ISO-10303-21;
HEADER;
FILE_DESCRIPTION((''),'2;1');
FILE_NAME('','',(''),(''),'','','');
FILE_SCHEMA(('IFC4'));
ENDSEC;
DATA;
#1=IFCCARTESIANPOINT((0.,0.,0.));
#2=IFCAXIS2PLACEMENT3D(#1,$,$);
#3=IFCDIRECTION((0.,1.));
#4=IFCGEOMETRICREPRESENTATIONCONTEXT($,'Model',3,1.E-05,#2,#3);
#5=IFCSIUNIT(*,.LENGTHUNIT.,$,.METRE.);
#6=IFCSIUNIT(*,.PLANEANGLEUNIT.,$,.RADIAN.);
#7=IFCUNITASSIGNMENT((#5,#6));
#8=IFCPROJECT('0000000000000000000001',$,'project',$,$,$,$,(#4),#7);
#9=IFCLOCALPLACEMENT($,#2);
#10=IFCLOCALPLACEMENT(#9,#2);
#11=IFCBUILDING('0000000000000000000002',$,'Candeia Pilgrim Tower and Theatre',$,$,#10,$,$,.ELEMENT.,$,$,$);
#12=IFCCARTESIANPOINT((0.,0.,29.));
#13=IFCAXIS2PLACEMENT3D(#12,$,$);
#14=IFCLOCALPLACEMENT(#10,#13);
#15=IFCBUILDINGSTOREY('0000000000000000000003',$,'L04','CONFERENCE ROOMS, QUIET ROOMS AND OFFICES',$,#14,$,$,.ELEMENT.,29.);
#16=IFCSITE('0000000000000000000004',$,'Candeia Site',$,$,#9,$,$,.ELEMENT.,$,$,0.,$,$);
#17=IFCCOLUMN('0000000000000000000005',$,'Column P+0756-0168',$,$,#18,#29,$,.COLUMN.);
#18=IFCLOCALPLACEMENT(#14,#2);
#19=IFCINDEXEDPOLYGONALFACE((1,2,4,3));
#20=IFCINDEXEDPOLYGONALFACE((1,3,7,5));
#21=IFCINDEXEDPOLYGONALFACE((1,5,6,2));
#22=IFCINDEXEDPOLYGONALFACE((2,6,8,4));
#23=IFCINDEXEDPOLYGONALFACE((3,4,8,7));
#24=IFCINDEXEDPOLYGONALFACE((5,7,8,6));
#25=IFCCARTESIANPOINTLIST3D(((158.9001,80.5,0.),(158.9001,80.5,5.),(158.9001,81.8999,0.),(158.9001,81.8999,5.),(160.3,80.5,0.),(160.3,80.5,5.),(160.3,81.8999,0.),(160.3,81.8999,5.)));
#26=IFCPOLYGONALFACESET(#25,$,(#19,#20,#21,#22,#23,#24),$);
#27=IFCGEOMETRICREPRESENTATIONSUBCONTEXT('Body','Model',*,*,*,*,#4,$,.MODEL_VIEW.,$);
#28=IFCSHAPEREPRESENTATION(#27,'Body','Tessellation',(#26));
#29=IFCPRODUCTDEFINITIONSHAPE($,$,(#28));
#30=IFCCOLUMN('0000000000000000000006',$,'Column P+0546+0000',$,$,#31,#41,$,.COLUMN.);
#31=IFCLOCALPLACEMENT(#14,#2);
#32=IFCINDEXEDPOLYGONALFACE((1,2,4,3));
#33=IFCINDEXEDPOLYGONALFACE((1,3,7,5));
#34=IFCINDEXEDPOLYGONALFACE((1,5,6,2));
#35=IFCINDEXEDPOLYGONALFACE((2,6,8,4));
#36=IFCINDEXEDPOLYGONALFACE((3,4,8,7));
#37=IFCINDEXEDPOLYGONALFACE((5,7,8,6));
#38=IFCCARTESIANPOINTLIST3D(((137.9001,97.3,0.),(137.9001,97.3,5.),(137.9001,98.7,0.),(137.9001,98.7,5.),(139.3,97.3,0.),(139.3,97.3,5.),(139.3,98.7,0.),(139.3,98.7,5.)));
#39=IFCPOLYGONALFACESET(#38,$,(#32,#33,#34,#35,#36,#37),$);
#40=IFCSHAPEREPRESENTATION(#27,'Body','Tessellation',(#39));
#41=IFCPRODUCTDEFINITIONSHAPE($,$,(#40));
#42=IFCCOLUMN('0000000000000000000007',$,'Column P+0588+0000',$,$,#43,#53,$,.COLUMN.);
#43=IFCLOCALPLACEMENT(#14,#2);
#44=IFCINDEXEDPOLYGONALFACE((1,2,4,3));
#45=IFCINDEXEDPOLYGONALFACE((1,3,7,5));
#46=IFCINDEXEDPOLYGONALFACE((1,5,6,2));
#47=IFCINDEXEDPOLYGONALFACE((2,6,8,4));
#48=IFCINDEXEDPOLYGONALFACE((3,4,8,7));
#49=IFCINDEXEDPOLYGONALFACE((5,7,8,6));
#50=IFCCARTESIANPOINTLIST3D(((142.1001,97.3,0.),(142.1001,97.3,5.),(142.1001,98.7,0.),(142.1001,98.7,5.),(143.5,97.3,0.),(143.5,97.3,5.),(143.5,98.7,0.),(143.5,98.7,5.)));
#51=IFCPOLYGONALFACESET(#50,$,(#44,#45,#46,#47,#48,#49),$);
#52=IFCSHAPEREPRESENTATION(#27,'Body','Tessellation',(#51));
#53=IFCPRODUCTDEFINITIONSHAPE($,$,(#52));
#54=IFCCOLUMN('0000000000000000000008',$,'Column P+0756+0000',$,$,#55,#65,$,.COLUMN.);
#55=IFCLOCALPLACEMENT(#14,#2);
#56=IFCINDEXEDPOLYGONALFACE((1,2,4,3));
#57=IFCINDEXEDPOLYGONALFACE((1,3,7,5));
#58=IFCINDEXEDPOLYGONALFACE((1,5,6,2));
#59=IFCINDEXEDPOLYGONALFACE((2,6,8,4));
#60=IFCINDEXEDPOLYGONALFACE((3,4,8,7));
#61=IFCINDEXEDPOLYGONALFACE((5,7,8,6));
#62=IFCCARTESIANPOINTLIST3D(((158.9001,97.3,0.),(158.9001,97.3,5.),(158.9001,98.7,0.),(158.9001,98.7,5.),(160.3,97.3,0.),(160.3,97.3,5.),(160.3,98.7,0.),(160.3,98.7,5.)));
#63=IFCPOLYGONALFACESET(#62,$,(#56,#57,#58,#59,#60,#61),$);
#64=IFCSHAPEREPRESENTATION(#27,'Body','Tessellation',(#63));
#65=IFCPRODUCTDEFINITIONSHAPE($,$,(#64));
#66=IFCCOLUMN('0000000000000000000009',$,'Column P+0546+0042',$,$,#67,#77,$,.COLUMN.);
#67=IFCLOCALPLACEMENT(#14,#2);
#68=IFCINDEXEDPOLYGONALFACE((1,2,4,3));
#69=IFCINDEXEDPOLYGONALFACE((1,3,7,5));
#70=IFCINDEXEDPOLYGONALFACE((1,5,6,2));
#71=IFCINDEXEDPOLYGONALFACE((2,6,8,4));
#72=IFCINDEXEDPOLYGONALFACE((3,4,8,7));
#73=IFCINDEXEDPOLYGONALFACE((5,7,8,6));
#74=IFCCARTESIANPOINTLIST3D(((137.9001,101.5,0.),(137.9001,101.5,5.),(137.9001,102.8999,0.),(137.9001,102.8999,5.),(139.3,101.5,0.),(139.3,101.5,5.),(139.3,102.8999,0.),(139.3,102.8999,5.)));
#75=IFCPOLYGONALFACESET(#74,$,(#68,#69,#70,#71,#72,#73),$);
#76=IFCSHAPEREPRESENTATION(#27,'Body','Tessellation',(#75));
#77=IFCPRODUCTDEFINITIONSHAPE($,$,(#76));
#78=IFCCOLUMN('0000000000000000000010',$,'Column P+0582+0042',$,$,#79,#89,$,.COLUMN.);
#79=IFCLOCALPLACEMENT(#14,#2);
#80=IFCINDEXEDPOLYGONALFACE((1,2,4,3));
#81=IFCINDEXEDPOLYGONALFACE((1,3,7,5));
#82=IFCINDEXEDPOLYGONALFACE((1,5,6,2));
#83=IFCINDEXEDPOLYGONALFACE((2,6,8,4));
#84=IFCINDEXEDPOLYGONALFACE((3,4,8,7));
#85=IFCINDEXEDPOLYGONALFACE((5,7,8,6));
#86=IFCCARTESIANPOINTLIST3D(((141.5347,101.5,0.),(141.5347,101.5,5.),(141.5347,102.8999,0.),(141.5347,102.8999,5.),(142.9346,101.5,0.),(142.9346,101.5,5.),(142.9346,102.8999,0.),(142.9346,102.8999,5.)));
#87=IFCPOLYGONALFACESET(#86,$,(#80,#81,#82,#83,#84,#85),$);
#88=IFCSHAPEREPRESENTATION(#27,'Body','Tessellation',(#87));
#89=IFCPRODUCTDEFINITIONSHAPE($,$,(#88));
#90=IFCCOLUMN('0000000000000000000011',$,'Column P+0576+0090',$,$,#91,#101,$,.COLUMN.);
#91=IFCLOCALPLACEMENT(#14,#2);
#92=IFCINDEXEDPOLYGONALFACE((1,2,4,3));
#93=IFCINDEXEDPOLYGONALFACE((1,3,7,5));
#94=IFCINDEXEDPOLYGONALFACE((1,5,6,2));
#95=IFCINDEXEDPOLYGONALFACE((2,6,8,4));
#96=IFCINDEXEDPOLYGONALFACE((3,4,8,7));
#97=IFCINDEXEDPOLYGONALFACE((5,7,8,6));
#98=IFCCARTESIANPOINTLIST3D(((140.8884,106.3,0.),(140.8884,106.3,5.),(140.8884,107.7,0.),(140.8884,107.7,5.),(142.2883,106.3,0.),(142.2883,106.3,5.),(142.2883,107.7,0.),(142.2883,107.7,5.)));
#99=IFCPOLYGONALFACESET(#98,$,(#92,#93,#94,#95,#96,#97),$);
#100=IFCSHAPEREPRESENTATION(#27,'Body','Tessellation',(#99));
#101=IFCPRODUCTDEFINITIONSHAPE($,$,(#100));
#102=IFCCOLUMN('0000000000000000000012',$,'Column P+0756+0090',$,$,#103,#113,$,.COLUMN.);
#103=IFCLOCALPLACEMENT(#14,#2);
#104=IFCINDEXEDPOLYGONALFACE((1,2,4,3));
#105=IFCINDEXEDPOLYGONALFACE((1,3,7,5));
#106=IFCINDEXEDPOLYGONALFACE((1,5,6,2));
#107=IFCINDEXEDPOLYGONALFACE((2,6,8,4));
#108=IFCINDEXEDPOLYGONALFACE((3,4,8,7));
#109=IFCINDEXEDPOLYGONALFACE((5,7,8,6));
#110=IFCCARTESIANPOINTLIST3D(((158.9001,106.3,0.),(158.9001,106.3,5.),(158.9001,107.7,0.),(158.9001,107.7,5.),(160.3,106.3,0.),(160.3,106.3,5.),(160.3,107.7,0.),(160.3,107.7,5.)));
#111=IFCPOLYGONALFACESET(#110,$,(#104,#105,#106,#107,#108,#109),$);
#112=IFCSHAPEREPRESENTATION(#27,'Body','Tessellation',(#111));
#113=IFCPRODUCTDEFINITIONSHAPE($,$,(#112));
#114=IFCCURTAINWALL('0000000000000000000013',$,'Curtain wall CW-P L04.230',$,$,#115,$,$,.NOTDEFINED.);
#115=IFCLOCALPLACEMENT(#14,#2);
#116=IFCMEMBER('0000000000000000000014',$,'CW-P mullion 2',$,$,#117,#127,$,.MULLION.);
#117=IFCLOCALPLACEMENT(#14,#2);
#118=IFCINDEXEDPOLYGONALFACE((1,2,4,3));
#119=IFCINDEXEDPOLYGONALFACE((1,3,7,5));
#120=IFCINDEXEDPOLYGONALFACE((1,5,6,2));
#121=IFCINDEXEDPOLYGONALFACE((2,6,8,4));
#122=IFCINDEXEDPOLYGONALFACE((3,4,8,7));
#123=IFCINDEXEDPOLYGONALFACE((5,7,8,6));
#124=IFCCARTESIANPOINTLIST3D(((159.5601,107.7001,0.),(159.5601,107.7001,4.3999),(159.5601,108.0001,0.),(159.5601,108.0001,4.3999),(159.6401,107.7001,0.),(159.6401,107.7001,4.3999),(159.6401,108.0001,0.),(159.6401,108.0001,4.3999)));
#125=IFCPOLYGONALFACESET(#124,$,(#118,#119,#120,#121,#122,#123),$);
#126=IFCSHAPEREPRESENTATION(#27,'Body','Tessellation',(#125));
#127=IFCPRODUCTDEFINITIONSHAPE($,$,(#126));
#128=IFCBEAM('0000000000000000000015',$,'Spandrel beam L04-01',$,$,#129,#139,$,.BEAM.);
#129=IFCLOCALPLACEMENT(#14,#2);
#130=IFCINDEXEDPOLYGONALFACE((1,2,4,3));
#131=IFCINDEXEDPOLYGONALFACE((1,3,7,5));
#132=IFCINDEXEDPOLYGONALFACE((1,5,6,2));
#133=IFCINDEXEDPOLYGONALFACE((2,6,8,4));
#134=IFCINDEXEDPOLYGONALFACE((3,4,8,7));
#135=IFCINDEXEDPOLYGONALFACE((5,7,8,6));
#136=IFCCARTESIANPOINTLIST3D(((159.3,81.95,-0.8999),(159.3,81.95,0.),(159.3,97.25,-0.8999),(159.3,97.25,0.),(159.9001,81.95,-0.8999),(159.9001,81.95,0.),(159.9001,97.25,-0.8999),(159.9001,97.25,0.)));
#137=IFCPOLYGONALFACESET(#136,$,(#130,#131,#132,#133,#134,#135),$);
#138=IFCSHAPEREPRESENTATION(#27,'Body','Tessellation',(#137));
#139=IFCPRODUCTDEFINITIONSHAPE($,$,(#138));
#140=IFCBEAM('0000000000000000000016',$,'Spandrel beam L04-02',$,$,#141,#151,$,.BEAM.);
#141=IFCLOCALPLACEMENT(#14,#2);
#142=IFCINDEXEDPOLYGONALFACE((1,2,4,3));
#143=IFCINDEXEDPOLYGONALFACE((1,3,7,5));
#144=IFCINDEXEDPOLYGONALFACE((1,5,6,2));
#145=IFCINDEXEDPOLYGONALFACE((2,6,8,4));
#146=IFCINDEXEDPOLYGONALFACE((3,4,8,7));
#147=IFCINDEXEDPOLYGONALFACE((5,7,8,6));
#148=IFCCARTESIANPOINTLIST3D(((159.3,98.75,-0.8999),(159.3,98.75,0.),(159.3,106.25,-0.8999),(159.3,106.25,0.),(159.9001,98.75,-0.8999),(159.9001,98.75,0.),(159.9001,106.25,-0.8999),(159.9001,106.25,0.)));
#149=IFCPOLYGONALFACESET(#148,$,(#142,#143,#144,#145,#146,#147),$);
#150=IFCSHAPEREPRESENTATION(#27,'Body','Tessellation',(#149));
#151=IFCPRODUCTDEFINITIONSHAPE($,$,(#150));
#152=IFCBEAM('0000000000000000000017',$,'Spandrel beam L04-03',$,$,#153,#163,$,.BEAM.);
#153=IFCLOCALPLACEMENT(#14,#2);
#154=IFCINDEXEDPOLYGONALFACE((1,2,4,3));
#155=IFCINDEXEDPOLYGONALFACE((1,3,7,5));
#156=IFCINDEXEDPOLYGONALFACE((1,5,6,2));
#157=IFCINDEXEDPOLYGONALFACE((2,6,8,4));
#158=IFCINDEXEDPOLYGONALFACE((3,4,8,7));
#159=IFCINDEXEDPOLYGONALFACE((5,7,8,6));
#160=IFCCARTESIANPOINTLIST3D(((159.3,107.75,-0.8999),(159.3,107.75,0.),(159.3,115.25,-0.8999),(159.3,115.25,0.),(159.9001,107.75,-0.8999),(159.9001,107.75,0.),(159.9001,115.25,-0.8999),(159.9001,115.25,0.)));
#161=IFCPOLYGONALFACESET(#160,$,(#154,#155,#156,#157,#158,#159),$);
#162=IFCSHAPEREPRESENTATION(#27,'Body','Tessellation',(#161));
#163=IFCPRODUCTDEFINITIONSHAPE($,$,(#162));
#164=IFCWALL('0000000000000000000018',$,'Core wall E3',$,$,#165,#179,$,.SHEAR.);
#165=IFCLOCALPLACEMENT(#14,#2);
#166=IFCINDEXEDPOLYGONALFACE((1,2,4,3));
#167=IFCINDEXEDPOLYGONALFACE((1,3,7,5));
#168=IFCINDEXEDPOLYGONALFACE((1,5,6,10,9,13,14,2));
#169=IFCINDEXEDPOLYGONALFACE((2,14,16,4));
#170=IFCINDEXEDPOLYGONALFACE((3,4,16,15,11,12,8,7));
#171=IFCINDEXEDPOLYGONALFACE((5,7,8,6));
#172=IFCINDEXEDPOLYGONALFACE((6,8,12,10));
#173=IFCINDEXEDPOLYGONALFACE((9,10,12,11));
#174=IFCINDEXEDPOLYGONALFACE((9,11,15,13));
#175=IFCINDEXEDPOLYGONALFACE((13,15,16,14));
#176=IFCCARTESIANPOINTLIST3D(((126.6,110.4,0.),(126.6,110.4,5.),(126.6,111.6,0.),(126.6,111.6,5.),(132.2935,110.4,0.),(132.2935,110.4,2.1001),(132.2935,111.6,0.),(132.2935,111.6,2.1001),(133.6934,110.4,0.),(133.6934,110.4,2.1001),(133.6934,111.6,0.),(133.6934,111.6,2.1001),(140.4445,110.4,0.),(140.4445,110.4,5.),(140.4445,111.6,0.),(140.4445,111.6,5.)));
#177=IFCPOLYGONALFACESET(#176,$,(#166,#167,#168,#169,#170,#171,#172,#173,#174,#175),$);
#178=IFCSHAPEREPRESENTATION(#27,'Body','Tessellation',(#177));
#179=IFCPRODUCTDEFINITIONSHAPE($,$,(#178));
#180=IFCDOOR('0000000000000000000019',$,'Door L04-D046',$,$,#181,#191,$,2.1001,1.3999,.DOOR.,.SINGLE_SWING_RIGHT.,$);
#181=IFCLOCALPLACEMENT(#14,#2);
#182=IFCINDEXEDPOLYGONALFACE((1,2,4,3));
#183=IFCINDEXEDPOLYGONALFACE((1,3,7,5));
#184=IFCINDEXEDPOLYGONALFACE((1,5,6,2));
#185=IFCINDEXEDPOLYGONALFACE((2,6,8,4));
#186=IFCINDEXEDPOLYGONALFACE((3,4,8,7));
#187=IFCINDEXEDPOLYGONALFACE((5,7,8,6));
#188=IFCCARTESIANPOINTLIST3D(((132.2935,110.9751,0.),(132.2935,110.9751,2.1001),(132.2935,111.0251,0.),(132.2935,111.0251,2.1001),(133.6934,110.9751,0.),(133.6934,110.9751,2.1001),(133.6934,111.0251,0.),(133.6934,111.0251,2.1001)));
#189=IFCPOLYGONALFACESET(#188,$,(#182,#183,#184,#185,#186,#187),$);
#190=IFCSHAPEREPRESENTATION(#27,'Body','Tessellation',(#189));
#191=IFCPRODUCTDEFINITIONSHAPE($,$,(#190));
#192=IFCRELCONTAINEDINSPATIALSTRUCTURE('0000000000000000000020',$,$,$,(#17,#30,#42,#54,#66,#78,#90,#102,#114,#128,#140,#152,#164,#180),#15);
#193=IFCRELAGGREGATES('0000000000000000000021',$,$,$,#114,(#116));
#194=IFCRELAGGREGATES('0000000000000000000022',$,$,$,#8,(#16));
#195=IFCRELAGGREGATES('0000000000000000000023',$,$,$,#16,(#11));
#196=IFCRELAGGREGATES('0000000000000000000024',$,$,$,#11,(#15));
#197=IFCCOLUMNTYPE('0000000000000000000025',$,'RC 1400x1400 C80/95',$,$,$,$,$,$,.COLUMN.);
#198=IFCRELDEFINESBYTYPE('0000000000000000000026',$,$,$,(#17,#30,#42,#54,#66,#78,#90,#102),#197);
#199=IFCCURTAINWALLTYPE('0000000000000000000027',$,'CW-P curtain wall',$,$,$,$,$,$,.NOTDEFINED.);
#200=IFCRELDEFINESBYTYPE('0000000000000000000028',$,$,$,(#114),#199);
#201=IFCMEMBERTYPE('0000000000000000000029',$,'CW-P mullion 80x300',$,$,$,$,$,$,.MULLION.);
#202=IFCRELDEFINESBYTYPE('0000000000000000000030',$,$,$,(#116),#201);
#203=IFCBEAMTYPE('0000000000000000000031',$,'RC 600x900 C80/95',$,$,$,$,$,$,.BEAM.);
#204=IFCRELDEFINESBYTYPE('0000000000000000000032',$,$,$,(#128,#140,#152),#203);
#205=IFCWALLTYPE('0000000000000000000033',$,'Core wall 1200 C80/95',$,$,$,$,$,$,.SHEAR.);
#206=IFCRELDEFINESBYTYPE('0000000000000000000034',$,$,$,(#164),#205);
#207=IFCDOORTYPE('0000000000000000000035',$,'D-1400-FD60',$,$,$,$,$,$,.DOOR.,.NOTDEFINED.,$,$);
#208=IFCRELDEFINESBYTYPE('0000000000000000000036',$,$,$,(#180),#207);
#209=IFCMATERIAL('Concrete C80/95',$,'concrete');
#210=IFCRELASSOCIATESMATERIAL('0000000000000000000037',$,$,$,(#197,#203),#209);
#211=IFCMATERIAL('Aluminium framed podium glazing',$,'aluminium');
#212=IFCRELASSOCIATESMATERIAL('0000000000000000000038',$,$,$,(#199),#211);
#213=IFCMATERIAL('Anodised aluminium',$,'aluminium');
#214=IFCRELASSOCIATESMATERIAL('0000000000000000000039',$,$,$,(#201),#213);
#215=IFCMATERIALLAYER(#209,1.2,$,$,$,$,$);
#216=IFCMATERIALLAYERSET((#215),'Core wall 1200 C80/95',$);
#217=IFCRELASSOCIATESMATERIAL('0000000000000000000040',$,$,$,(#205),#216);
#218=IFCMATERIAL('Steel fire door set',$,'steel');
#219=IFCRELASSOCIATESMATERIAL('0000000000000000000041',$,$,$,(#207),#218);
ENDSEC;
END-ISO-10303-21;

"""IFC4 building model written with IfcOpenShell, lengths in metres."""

from ifc_helpers import new_model, si_unit, direction, frame, frame_2d, origin, origin_2d, place, context, subcontext, project, spatial, rectangle, extrude, material, layer, layer_set, material_profile, profile_set, type_object, element, fill, aggregate, save


model = new_model("IFC4")

# Units and contexts
model_context = context("Model", 3, precision=1e-05, world=origin(), true_north=direction((0.0, 1.0)))
body_context = subcontext(model_context, "Body", "Model", "MODEL_VIEW")
ifc_project = project(units=[si_unit("LENGTHUNIT", "METRE"), si_unit("PLANEANGLEUNIT", "RADIAN")], contexts=[model_context])

# Site, building, storey
site_placement = place(None, origin())
site = spatial("IfcSite", under=ifc_project, at=site_placement, Name="Candeia Site", CompositionType="ELEMENT", RefElevation=0.0)
building_placement = place(site_placement, origin())
building = spatial("IfcBuilding", under=site, at=building_placement, Name="Candeia Pilgrim Tower and Theatre", CompositionType="ELEMENT")
storey_placement = place(building_placement, frame((0.0, 0.0, 29.0)))
storey = spatial("IfcBuildingStorey", under=building, at=storey_placement, Name="L04", Description="CONFERENCE ROOMS, QUIET ROOMS AND OFFICES", CompositionType="ELEMENT", Elevation=29.0)

# Columns
ifc_material_1 = material(Name="Concrete C80/95", Category="concrete")
ifc_material_profile_1 = material_profile(ifc_material_1, rectangle(XDim=1.3999, YDim=1.3999, at=origin_2d()))
ifc_profile_set_1 = profile_set([ifc_material_profile_1], Name="Concrete C80/95")
column_type = type_object("IfcColumnType", Name="RC 1400x1400 C80/95", PredefinedType="COLUMN", material=ifc_profile_set_1)
for number, where, z_axis, x_axis, name in (
    (1, (159.6001, 81.2, 0.0), (0.0, 0.0, 1.0), (1.0, 0.0, 0.0), "Column P+0756-0168"),
    (2, (138.6001, 98.0, 0.0), (0.0, 0.0, 1.0), (1.0, 0.0, 0.0), "Column P+0546+0000"),
    (3, (142.8, 98.0, 0.0), (0.0, 0.0, 1.0), (1.0, 0.0, 0.0), "Column P+0588+0000"),
    (4, (159.6001, 98.0, 0.0), (0.0, 0.0, 1.0), (1.0, 0.0, 0.0), "Column P+0756+0000"),
    (5, (138.6001, 102.2, 0.0), (0.0, 0.0, 1.0), (1.0, 0.0, 0.0), "Column P+0546+0042"),
    (6, (142.2346, 102.2, 0.0), (0.0, 0.0, 1.0), (1.0, 0.0, 0.0), "Column P+0582+0042"),
    (7, (141.5884, 107.0, 0.0), (0.0, 0.0, 1.0), (1.0, 0.0, 0.0), "Column P+0576+0090"),
    (8, (159.6001, 107.0, 0.0), (0.0, 0.0, 1.0), (1.0, 0.0, 0.0), "Column P+0756+0090"),
):
    element("IfcColumn", number, at=place(storey_placement, frame(where, z_axis=z_axis, x_axis=x_axis)), inside=storey, type_object=column_type, Name=name, PredefinedType="COLUMN", context=body_context, shape_type="SweptSolid", body=[
        extrude(rectangle(XDim=1.3999, YDim=1.3999, at=origin_2d()), origin(), (0.0, 0.0, 1.0), 5.0),
    ])

# Curtain wall, member
ifc_material_2 = material(Name="Aluminium framed podium glazing", Category="aluminium")
curtain_wall_type = type_object("IfcCurtainWallType", Name="CW-P curtain wall", PredefinedType="NOTDEFINED", material=ifc_material_2)
curtain_wall_placement = place(storey_placement, origin())
curtain_wall = element("IfcCurtainWall", 9, at=curtain_wall_placement, inside=storey, type_object=curtain_wall_type, Name="Curtain wall CW-P L04.230", PredefinedType="NOTDEFINED")
ifc_material_3 = material(Name="Anodised aluminium", Category="aluminium")
ifc_material_profile_2 = material_profile(ifc_material_3, rectangle(XDim=0.0801, YDim=0.3, at=origin_2d()))
ifc_profile_set_2 = profile_set([ifc_material_profile_2], Name="Anodised aluminium")
member_type = type_object("IfcMemberType", Name="CW-P mullion 80x300", PredefinedType="MULLION", material=ifc_profile_set_2)
member_placement = place(storey_placement, frame((159.6001, 107.8501, 0.0), z_axis=(0.0, 0.0, 1.0), x_axis=(1.0, 0.0, 0.0)))
member = element("IfcMember", 10, at=member_placement, type_object=member_type, Name="CW-P mullion 2", PredefinedType="MULLION", context=body_context, shape_type="SweptSolid", body=[
    extrude(rectangle(XDim=0.0801, YDim=0.3, at=origin_2d()), origin(), (0.0, 0.0, 1.0), 4.3999),
])
aggregate(curtain_wall, [member])

# Beams
ifc_material_profile_3 = material_profile(ifc_material_1, rectangle(XDim=0.6001, YDim=0.8999, at=origin_2d()))
ifc_profile_set_3 = profile_set([ifc_material_profile_3], Name="Concrete C80/95")
beam_type = type_object("IfcBeamType", Name="RC 600x900 C80/95", PredefinedType="BEAM", material=ifc_profile_set_3)
beam_placement = place(storey_placement, frame((159.6001, 81.95, -0.45), z_axis=(0.0, 1.0, 0.0), x_axis=(-1.0, 0.0, 0.0)))
element("IfcBeam", 11, at=beam_placement, inside=storey, type_object=beam_type, Name="Spandrel beam L04-01", PredefinedType="BEAM", context=body_context, shape_type="SweptSolid", body=[
    extrude(rectangle(XDim=0.6001, YDim=0.8999, at=origin_2d()), origin(), (0.0, 0.0, 1.0), 15.3),
])
for number, where, z_axis, x_axis, name in (
    (12, (159.6001, 98.75, -0.45), (0.0, 1.0, 0.0), (-1.0, 0.0, 0.0), "Spandrel beam L04-02"),
    (13, (159.6001, 107.75, -0.45), (0.0, 1.0, 0.0), (-1.0, 0.0, 0.0), "Spandrel beam L04-03"),
):
    element("IfcBeam", number, at=place(storey_placement, frame(where, z_axis=z_axis, x_axis=x_axis)), inside=storey, type_object=beam_type, Name=name, PredefinedType="BEAM", context=body_context, shape_type="SweptSolid", body=[
        extrude(rectangle(XDim=0.6001, YDim=0.8999, at=origin_2d()), origin(), (0.0, 0.0, 1.0), 7.5),
    ])

# Wall, opening, door
ifc_layer_1 = layer(ifc_material_1, 1.2)
ifc_layer_set_1 = layer_set([ifc_layer_1], Name="Core wall 1200 C80/95")
wall_type_1 = type_object("IfcWallType", Name="Core wall 1200 C80/95", PredefinedType="SHEAR", material=ifc_layer_set_1)
wall_1_placement = place(storey_placement, frame((140.4446, 111.0, 0.0), z_axis=(0.0, 0.0, 1.0), x_axis=(-1.0, 0.0, 0.0)))
wall_1 = element("IfcWall", 14, at=wall_1_placement, inside=storey, type_object=wall_type_1, Name="Core wall E3", PredefinedType="SHEAR", context=body_context, shape_type="SweptSolid", body=[
    extrude(rectangle(XDim=13.8445, YDim=1.2, at=frame_2d((6.9224, 0.0))), origin(), (0.0, 0.0, 1.0), 5.0),
])
opening_1_placement = place(wall_1_placement, frame((6.7512, 0.0, 0.0)))
opening_1 = element("IfcOpeningElement", 15, at=opening_1_placement, cuts=wall_1, PredefinedType="OPENING", context=body_context, shape_type="SweptSolid", body=[
    extrude(rectangle(XDim=1.3999, YDim=2.1001, at=frame_2d((0.7, 1.05))), frame((0.0, 0.6099, 0.0), z_axis=(0.0, -1.0, 0.0), x_axis=(1.0, 0.0, 0.0)), (0.0, 0.0, 1.0), 1.22),
])
ifc_material_4 = material(Name="Steel fire door set", Category="steel")
door_type_1 = type_object("IfcDoorType", Name="D-1400-FD60", OperationType="NOTDEFINED", PredefinedType="DOOR", material=ifc_material_4)
door_1_placement = place(opening_1_placement, origin())
door_1 = element("IfcDoor", 16, at=door_1_placement, inside=storey, type_object=door_type_1, Name="Door L04-D046", OperationType="SINGLE_SWING_RIGHT", OverallHeight=2.1001, OverallWidth=1.3999, PredefinedType="DOOR", context=body_context, shape_type="SweptSolid", body=[
    extrude(rectangle(XDim=1.3999, YDim=2.1001, at=frame_2d((0.7, 1.05))), frame((0.0, 0.0249, 0.0), z_axis=(0.0, -1.0, 0.0), x_axis=(1.0, 0.0, 0.0)), (0.0, 0.0, 1.0), 0.05),
])
fill(opening_1, door_1)

save(model, "model.ifc")
